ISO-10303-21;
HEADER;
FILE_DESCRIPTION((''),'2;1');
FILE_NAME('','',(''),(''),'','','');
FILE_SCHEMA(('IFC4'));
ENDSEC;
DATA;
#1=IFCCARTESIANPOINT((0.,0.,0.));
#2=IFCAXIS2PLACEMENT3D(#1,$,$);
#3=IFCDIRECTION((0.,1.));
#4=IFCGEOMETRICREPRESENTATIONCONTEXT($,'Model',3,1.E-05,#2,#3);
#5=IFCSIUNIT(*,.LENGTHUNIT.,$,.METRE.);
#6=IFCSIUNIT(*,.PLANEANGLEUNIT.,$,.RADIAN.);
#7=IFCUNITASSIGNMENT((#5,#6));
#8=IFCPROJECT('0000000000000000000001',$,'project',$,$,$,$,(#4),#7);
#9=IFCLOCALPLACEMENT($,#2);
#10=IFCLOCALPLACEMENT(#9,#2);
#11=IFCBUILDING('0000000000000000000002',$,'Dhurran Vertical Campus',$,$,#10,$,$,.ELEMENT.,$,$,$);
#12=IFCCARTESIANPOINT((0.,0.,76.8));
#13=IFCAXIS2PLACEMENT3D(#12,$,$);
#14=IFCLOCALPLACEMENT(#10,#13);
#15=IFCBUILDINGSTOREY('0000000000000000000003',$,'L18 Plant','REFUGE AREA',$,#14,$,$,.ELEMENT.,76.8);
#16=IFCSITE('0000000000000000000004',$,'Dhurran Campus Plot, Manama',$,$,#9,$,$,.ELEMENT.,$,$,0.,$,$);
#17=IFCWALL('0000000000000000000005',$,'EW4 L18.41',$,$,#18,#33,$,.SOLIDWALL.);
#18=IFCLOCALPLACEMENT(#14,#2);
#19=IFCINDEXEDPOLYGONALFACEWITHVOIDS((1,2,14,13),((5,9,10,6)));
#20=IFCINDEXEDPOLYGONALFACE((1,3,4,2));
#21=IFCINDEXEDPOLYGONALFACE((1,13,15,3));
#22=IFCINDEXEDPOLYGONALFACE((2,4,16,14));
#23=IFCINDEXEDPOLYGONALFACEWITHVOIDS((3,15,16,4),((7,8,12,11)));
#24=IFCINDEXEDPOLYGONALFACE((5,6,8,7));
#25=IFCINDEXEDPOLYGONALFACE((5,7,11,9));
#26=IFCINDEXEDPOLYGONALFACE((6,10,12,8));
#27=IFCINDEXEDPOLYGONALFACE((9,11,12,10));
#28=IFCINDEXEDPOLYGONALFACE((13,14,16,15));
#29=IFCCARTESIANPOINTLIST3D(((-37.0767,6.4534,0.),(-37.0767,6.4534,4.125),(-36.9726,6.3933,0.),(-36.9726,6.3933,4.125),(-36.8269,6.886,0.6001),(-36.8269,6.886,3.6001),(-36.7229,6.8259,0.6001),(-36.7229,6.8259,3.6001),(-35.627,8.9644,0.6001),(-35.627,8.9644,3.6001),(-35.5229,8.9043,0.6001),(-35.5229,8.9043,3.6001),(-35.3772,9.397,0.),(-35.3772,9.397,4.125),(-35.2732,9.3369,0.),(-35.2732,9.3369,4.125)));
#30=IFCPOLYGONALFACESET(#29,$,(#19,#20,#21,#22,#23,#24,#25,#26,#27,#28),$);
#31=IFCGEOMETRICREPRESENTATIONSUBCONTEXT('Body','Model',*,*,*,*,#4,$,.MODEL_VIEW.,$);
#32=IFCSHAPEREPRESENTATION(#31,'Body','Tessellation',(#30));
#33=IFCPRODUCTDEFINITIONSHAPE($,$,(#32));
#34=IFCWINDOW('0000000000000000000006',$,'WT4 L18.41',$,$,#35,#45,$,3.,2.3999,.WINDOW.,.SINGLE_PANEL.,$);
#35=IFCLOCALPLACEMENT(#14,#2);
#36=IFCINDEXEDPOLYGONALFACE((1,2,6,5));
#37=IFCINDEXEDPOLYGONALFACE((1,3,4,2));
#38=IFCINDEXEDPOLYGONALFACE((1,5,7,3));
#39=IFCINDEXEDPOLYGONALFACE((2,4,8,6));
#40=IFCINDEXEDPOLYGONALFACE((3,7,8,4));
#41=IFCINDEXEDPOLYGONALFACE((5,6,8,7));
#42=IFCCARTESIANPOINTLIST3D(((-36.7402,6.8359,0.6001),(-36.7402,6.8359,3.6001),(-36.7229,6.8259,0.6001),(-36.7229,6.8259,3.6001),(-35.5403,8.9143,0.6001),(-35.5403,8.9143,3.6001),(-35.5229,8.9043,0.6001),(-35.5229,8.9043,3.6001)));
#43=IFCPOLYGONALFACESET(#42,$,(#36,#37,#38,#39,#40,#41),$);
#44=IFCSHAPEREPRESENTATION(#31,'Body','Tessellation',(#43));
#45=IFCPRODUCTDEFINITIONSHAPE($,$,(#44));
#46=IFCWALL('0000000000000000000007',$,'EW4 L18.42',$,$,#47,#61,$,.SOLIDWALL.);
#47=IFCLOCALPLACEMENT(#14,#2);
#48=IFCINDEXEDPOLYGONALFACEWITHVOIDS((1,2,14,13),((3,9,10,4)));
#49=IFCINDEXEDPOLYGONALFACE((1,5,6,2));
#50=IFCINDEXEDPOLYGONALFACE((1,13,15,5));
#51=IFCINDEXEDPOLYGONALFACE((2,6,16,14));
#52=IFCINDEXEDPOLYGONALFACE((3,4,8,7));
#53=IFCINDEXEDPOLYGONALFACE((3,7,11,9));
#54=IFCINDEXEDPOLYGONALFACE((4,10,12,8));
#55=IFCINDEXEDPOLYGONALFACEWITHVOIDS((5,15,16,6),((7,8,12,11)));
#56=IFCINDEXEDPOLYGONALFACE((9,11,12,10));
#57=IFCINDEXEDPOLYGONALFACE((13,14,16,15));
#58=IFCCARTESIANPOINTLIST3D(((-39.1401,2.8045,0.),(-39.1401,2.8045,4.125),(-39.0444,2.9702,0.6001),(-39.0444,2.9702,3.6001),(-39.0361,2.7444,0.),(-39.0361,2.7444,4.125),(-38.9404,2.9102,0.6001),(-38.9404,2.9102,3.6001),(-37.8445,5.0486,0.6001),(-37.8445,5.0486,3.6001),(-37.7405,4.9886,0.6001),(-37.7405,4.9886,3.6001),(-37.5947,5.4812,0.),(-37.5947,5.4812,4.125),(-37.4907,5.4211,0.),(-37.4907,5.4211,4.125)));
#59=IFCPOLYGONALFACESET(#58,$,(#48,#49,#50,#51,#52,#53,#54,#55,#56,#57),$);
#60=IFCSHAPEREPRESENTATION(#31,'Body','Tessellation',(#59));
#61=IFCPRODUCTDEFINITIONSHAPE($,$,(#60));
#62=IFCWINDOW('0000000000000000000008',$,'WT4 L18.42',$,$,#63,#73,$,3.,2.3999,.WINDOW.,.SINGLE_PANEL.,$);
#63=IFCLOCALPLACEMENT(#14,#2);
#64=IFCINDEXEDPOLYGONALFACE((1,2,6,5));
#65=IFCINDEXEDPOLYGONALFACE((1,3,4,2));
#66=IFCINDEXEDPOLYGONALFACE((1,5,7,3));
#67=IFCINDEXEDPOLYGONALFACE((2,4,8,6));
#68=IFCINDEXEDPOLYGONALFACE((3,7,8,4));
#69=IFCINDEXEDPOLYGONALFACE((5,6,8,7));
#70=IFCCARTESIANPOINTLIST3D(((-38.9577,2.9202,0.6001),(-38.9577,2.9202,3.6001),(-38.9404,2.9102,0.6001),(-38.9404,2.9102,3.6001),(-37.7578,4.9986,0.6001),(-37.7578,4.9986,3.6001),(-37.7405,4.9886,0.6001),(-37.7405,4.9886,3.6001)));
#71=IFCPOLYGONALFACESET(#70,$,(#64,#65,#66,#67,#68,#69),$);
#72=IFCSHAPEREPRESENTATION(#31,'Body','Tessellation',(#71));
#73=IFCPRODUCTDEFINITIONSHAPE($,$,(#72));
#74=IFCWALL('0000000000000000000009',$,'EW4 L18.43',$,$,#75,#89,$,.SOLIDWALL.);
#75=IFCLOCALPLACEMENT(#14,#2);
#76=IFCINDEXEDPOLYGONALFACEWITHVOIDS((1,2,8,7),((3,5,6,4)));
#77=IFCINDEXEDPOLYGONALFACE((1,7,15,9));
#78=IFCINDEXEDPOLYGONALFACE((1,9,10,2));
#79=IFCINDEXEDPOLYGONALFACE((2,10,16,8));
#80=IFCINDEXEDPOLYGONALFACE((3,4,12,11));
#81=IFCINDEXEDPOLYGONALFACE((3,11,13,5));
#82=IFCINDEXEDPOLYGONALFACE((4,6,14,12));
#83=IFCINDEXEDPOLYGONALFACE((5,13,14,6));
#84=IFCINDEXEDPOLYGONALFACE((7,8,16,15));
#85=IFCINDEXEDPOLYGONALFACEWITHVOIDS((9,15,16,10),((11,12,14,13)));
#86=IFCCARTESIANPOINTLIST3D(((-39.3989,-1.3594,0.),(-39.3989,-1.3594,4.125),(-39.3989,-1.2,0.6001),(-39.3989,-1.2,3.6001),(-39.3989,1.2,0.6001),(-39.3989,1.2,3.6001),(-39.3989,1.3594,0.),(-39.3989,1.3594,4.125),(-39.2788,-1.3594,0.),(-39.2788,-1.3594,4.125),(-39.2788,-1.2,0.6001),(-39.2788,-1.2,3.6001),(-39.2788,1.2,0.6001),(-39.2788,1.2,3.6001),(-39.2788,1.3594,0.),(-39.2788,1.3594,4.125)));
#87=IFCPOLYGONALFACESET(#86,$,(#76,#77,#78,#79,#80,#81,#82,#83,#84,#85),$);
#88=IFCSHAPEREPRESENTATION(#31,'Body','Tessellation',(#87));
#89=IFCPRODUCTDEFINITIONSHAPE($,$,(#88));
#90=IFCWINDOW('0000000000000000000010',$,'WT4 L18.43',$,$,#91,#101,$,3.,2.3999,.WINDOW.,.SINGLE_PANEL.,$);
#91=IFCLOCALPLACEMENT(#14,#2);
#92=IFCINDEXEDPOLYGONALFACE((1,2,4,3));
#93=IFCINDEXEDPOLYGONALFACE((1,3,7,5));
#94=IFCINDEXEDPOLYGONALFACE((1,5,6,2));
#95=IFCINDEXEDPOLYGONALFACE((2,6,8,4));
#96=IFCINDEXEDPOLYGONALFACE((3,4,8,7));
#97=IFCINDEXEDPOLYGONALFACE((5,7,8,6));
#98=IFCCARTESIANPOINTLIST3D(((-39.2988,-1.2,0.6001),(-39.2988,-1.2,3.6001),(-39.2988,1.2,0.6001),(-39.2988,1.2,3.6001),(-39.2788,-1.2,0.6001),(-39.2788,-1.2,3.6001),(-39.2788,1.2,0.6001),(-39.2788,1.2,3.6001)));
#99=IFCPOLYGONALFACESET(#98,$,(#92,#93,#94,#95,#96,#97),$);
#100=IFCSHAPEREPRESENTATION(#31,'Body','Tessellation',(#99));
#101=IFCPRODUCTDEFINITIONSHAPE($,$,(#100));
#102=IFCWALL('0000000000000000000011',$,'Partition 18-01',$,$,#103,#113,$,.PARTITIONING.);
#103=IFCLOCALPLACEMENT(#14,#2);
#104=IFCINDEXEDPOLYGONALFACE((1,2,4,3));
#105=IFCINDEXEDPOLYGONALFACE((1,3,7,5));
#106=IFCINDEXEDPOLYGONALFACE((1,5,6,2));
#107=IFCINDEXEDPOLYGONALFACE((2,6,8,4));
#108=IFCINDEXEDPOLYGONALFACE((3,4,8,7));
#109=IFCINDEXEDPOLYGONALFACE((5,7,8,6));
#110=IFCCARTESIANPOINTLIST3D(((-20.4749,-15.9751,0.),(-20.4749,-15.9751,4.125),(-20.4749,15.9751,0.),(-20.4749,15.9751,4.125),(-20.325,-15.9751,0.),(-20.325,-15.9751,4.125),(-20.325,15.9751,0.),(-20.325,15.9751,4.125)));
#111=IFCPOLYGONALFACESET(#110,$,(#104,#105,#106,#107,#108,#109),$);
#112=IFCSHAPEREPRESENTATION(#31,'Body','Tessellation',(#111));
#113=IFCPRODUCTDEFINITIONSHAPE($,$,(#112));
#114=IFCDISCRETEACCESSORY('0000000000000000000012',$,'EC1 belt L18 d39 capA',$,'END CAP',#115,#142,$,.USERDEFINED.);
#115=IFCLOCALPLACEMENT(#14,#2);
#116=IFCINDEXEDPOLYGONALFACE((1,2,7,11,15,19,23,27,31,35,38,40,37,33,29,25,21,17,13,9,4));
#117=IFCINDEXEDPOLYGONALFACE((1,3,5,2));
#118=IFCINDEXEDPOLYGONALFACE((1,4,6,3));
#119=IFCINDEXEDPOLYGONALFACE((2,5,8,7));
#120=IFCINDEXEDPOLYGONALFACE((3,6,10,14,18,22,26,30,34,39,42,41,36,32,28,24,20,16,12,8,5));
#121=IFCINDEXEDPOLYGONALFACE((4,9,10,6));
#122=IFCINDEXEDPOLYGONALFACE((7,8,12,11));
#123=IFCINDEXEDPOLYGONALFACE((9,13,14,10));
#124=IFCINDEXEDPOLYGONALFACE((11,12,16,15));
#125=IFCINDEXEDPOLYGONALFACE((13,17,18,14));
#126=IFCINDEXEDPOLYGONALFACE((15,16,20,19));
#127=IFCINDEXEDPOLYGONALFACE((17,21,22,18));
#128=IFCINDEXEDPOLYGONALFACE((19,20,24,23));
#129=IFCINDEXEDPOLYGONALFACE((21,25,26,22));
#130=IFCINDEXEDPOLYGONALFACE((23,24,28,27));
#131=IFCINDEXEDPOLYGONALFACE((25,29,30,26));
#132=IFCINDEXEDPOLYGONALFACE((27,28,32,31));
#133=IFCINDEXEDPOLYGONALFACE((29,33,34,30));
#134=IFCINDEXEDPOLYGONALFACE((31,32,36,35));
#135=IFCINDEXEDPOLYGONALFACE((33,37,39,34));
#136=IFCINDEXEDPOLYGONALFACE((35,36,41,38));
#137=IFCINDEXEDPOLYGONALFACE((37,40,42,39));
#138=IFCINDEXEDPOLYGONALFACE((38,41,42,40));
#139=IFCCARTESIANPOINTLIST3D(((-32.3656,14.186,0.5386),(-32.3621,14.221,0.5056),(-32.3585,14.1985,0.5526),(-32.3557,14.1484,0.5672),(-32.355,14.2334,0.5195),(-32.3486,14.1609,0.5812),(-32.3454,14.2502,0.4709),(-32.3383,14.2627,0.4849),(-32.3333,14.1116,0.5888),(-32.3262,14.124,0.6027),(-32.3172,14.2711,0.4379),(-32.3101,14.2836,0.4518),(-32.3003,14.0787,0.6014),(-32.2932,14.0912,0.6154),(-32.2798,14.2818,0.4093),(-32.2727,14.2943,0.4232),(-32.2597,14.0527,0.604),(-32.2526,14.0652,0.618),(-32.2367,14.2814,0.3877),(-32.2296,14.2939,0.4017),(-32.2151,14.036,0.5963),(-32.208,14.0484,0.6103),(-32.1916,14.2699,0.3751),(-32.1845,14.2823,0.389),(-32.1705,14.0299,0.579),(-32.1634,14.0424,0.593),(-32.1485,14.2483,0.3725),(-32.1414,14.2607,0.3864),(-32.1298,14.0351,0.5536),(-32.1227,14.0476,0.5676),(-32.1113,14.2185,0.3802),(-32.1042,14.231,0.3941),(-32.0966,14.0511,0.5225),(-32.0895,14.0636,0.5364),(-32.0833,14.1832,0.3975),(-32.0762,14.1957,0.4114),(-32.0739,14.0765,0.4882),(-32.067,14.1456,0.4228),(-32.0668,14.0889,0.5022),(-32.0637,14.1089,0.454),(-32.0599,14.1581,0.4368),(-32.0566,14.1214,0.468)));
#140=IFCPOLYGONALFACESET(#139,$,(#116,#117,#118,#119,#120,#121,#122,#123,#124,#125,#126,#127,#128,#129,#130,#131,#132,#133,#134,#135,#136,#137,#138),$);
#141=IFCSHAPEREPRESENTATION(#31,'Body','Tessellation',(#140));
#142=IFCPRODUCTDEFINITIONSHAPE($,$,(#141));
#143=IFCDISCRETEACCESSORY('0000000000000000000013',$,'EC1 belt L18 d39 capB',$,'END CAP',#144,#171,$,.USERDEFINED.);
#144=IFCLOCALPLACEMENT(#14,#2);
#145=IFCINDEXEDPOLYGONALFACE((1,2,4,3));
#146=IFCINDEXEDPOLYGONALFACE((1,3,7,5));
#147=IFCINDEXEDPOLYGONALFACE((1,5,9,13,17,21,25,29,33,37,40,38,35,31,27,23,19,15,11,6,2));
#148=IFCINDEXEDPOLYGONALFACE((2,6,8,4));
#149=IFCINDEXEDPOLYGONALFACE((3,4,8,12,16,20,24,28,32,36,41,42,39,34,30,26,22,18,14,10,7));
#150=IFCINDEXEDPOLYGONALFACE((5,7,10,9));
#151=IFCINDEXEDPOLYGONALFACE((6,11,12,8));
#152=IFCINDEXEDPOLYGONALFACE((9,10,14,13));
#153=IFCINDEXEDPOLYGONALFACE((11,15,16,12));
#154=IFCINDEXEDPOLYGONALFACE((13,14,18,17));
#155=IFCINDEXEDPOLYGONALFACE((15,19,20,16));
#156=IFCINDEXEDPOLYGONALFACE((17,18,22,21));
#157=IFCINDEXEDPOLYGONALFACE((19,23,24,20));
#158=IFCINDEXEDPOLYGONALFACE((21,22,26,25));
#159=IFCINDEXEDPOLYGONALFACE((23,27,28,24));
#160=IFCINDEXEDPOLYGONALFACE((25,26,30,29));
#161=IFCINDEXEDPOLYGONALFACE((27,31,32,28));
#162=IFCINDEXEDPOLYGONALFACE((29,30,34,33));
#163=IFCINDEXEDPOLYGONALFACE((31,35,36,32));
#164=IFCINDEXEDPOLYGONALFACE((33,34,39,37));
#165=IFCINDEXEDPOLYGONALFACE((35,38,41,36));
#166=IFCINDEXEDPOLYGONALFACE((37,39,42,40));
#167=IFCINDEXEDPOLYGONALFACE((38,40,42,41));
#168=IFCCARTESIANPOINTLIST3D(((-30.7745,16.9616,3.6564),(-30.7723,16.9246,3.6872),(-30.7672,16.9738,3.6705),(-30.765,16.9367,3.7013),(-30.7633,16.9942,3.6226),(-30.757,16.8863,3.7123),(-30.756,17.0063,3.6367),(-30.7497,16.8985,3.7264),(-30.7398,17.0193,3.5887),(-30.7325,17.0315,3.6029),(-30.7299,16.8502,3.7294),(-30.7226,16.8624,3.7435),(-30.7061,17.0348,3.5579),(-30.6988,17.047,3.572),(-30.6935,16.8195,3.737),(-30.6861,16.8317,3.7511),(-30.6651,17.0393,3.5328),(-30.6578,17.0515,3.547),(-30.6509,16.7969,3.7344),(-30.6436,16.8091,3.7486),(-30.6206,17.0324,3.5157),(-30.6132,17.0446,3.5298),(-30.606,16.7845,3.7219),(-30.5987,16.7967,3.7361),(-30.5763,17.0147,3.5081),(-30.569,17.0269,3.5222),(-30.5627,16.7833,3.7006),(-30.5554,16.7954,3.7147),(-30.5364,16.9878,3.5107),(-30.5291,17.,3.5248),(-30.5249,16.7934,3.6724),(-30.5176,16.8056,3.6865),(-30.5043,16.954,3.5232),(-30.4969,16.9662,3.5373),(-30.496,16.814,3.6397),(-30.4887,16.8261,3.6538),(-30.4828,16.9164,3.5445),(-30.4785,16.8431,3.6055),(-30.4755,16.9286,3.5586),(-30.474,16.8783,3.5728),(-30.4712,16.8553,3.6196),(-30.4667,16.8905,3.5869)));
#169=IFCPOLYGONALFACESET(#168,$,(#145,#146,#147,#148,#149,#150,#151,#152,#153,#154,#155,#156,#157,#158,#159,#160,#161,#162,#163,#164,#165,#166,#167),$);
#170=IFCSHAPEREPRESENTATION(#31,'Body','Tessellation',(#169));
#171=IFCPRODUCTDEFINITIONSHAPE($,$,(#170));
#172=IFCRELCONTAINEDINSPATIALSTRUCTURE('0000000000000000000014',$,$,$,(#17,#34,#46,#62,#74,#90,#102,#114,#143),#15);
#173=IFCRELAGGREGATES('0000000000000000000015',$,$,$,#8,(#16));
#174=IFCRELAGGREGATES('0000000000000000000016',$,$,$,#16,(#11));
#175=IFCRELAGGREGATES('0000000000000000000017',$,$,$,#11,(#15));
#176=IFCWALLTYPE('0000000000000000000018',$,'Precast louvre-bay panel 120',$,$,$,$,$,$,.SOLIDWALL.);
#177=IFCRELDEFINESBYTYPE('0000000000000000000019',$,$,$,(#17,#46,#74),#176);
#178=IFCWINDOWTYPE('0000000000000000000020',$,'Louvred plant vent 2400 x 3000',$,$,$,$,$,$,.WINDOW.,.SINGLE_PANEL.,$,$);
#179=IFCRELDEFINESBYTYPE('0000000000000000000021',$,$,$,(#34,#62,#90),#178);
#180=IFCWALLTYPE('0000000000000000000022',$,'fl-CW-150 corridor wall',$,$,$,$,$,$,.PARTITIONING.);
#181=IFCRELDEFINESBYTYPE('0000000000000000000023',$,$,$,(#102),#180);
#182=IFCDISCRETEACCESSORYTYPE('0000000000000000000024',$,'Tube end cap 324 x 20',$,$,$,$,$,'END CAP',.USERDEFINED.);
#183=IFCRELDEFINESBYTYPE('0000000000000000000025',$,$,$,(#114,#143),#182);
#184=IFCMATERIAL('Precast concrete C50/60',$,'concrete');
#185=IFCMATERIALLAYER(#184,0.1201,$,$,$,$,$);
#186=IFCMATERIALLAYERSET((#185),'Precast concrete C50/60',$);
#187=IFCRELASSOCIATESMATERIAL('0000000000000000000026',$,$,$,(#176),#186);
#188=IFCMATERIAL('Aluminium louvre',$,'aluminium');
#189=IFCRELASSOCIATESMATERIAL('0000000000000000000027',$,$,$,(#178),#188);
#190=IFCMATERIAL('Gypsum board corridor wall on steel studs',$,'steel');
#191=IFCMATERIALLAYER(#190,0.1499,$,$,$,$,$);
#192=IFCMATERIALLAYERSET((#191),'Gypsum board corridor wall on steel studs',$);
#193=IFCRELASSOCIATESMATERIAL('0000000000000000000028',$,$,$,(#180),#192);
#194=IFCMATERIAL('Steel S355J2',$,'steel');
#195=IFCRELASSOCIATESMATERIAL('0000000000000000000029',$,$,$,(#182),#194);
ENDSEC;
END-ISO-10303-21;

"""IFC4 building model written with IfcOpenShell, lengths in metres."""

from ifc_helpers import new_model, si_unit, direction, frame, frame_2d, origin, origin_2d, place, context, subcontext, project, spatial, rectangle, circle, extrude, material, layer, layer_set, material_profile, profile_set, type_object, element, fill, save


model = new_model("IFC4")

# Units and contexts
model_context = context("Model", 3, precision=1e-05, world=origin(), true_north=direction((0.0, 1.0)))
body_context = subcontext(model_context, "Body", "Model", "MODEL_VIEW")
ifc_project = project(units=[si_unit("LENGTHUNIT", "METRE"), si_unit("PLANEANGLEUNIT", "RADIAN")], contexts=[model_context])

# Site, building, storey
site_placement = place(None, origin())
site = spatial("IfcSite", under=ifc_project, at=site_placement, Name="Dhurran Campus Plot, Manama", CompositionType="ELEMENT", RefElevation=0.0)
building_placement = place(site_placement, origin())
building = spatial("IfcBuilding", under=site, at=building_placement, Name="Dhurran Vertical Campus", CompositionType="ELEMENT")
storey_placement = place(building_placement, frame((0.0, 0.0, 76.8)))
storey = spatial("IfcBuildingStorey", under=building, at=storey_placement, Name="L18 Plant", Description="REFUGE AREA", CompositionType="ELEMENT", Elevation=76.8)

# Walls, openings, windows
ifc_material_1 = material(Name="Precast concrete C50/60", Category="concrete")
ifc_layer_1 = layer(ifc_material_1, 0.1201)
ifc_layer_set_1 = layer_set([ifc_layer_1], Name="Precast concrete C50/60")
wall_type_1 = type_object("IfcWallType", Name="Precast louvre-bay panel 120", PredefinedType="SOLIDWALL", material=ifc_layer_set_1)
ifc_material_2 = material(Name="Aluminium louvre", Category="aluminium")
window_type = type_object("IfcWindowType", Name="Louvred plant vent 2400 x 3000", PartitioningType="SINGLE_PANEL", PredefinedType="WINDOW", material=ifc_material_2)
wall_1_placement = place(storey_placement, frame((-35.3252, 9.3669, 0.0), z_axis=(0.0, 0.0, 1.0), x_axis=(-0.499994, -0.866029, 0.0)))
wall_1 = element("IfcWall", 1, at=wall_1_placement, inside=storey, type_object=wall_type_1, Name="EW4 L18.41", PredefinedType="SOLIDWALL", context=body_context, shape_type="SweptSolid", body=[
    extrude(rectangle(XDim=3.3989, YDim=0.1201, at=frame_2d((1.6995, 0.0))), origin(), (0.0, 0.0, 1.0), 4.125),
])
opening_1_placement = place(wall_1_placement, frame((0.4995, 0.0, 0.6001)))
opening_1 = element("IfcOpeningElement", 2, at=opening_1_placement, cuts=wall_1, PredefinedType="OPENING", context=body_context, shape_type="SweptSolid", body=[
    extrude(rectangle(XDim=2.3999, YDim=3.0, at=frame_2d((1.2, 1.5))), frame((0.0, 0.0701, 0.0), z_axis=(0.0, -1.0, 0.0), x_axis=(1.0, 0.0, 0.0)), (0.0, 0.0, 1.0), 0.1401),
])
window_1_placement = place(opening_1_placement, origin())
window_1 = element("IfcWindow", 3, at=window_1_placement, inside=storey, type_object=window_type, Name="WT4 L18.41", OverallHeight=3.0, OverallWidth=2.3999, PartitioningType="SINGLE_PANEL", PredefinedType="WINDOW", context=body_context, shape_type="SweptSolid", body=[
    extrude(rectangle(XDim=2.3999, YDim=3.0, at=frame_2d((1.2, 1.5))), frame((0.0, 0.0601, 0.0), z_axis=(0.0, -1.0, 0.0), x_axis=(1.0, 0.0, 0.0)), (0.0, 0.0, 1.0), 0.02),
])
fill(opening_1, window_1)
wall_2_placement = place(storey_placement, frame((-37.5427, 5.4512, 0.0), z_axis=(0.0, 0.0, 1.0), x_axis=(-0.499996, -0.866028, 0.0)))
wall_2 = element("IfcWall", 4, at=wall_2_placement, inside=storey, type_object=wall_type_1, Name="EW4 L18.42", PredefinedType="SOLIDWALL", context=body_context, shape_type="SweptSolid", body=[
    extrude(rectangle(XDim=3.0908, YDim=0.1201, at=frame_2d((1.5454, 0.0))), origin(), (0.0, 0.0, 1.0), 4.125),
])
opening_2_placement = place(wall_2_placement, frame((0.4995, 0.0, 0.6001)))
opening_2 = element("IfcOpeningElement", 5, at=opening_2_placement, cuts=wall_2, PredefinedType="OPENING", context=body_context, shape_type="SweptSolid", body=[
    extrude(rectangle(XDim=2.3999, YDim=3.0, at=frame_2d((1.2, 1.5))), frame((0.0, 0.0701, 0.0), z_axis=(0.0, -1.0, 0.0), x_axis=(1.0, 0.0, 0.0)), (0.0, 0.0, 1.0), 0.1401),
])
window_2_placement = place(opening_2_placement, origin())
window_2 = element("IfcWindow", 6, at=window_2_placement, inside=storey, type_object=window_type, Name="WT4 L18.42", OverallHeight=3.0, OverallWidth=2.3999, PartitioningType="SINGLE_PANEL", PredefinedType="WINDOW", context=body_context, shape_type="SweptSolid", body=[
    extrude(rectangle(XDim=2.3999, YDim=3.0, at=frame_2d((1.2, 1.5))), frame((0.0, 0.0601, 0.0), z_axis=(0.0, -1.0, 0.0), x_axis=(1.0, 0.0, 0.0)), (0.0, 0.0, 1.0), 0.02),
])
fill(opening_2, window_2)
wall_3_placement = place(storey_placement, frame((-39.3389, 1.3594, 0.0), z_axis=(0.0, 0.0, 1.0), x_axis=(0.0, -1.0, 0.0)))
wall_3 = element("IfcWall", 7, at=wall_3_placement, inside=storey, type_object=wall_type_1, Name="EW4 L18.43", PredefinedType="SOLIDWALL", context=body_context, shape_type="SweptSolid", body=[
    extrude(rectangle(XDim=2.7188, YDim=0.1201, at=frame_2d((1.3594, 0.0))), origin(), (0.0, 0.0, 1.0), 4.125),
])
opening_3_placement = place(wall_3_placement, frame((0.1594, 0.0, 0.6001)))
opening_3 = element("IfcOpeningElement", 8, at=opening_3_placement, cuts=wall_3, PredefinedType="OPENING", context=body_context, shape_type="SweptSolid", body=[
    extrude(rectangle(XDim=2.3999, YDim=3.0, at=frame_2d((1.2, 1.5))), frame((0.0, 0.0701, 0.0), z_axis=(0.0, -1.0, 0.0), x_axis=(1.0, 0.0, 0.0)), (0.0, 0.0, 1.0), 0.1401),
])
window_3_placement = place(opening_3_placement, origin())
window_3 = element("IfcWindow", 9, at=window_3_placement, inside=storey, type_object=window_type, Name="WT4 L18.43", OverallHeight=3.0, OverallWidth=2.3999, PartitioningType="SINGLE_PANEL", PredefinedType="WINDOW", context=body_context, shape_type="SweptSolid", body=[
    extrude(rectangle(XDim=2.3999, YDim=3.0, at=frame_2d((1.2, 1.5))), frame((0.0, 0.0601, 0.0), z_axis=(0.0, -1.0, 0.0), x_axis=(1.0, 0.0, 0.0)), (0.0, 0.0, 1.0), 0.02),
])
fill(opening_3, window_3)

# Wall
ifc_material_3 = material(Name="Gypsum board corridor wall on steel studs", Category="steel")
ifc_layer_2 = layer(ifc_material_3, 0.1499)
ifc_layer_set_2 = layer_set([ifc_layer_2], Name="Gypsum board corridor wall on steel studs")
wall_type_2 = type_object("IfcWallType", Name="fl-CW-150 corridor wall", PredefinedType="PARTITIONING", material=ifc_layer_set_2)
wall_4_placement = place(storey_placement, frame((-20.3999, 15.9751, 0.0), z_axis=(0.0, 0.0, 1.0), x_axis=(0.0, -1.0, 0.0)))
element("IfcWall", 10, at=wall_4_placement, inside=storey, type_object=wall_type_2, Name="Partition 18-01", PredefinedType="PARTITIONING", context=body_context, shape_type="SweptSolid", body=[
    extrude(rectangle(XDim=31.9502, YDim=0.1499, at=frame_2d((15.9751, 0.0))), origin(), (0.0, 0.0, 1.0), 4.125),
])

# Discrete accessories
ifc_material_4 = material(Name="Steel S355J2", Category="steel")
ifc_material_profile_1 = material_profile(ifc_material_4, circle(Radius=0.1619, at=origin_2d()), Name="Tube end cap 324 x 20")
ifc_profile_set_1 = profile_set([ifc_material_profile_1], Name="Steel S355J2")
discrete_accessory_type = type_object("IfcDiscreteAccessoryType", Name="Tube end cap 324 x 20", ElementType="END CAP", PredefinedType="USERDEFINED", material=ifc_profile_set_1)
for number, where, z_axis, x_axis, name in (
    (11, (-32.2075, 14.1689, 0.5022), (-0.35453, -0.623483, -0.696834), (0.86929, -0.494302, 0.0), "EC1 belt L18 d39 capA"),
    (12, (-30.6245, 16.9109, 3.6226), (0.36477, 0.60795, 0.705223), (-0.857493, 0.514496, 0.0), "EC1 belt L18 d39 capB"),
):
    element("IfcDiscreteAccessory", number, at=place(storey_placement, frame(where, z_axis=z_axis, x_axis=x_axis)), inside=storey, type_object=discrete_accessory_type, Name=name, ObjectType="END CAP", PredefinedType="USERDEFINED", context=body_context, shape_type="SweptSolid", body=[
        extrude(circle(Radius=0.1619, at=origin_2d()), origin(), (0.0, 0.0, 1.0), 0.02),
    ])

save(model, "model.ifc")
